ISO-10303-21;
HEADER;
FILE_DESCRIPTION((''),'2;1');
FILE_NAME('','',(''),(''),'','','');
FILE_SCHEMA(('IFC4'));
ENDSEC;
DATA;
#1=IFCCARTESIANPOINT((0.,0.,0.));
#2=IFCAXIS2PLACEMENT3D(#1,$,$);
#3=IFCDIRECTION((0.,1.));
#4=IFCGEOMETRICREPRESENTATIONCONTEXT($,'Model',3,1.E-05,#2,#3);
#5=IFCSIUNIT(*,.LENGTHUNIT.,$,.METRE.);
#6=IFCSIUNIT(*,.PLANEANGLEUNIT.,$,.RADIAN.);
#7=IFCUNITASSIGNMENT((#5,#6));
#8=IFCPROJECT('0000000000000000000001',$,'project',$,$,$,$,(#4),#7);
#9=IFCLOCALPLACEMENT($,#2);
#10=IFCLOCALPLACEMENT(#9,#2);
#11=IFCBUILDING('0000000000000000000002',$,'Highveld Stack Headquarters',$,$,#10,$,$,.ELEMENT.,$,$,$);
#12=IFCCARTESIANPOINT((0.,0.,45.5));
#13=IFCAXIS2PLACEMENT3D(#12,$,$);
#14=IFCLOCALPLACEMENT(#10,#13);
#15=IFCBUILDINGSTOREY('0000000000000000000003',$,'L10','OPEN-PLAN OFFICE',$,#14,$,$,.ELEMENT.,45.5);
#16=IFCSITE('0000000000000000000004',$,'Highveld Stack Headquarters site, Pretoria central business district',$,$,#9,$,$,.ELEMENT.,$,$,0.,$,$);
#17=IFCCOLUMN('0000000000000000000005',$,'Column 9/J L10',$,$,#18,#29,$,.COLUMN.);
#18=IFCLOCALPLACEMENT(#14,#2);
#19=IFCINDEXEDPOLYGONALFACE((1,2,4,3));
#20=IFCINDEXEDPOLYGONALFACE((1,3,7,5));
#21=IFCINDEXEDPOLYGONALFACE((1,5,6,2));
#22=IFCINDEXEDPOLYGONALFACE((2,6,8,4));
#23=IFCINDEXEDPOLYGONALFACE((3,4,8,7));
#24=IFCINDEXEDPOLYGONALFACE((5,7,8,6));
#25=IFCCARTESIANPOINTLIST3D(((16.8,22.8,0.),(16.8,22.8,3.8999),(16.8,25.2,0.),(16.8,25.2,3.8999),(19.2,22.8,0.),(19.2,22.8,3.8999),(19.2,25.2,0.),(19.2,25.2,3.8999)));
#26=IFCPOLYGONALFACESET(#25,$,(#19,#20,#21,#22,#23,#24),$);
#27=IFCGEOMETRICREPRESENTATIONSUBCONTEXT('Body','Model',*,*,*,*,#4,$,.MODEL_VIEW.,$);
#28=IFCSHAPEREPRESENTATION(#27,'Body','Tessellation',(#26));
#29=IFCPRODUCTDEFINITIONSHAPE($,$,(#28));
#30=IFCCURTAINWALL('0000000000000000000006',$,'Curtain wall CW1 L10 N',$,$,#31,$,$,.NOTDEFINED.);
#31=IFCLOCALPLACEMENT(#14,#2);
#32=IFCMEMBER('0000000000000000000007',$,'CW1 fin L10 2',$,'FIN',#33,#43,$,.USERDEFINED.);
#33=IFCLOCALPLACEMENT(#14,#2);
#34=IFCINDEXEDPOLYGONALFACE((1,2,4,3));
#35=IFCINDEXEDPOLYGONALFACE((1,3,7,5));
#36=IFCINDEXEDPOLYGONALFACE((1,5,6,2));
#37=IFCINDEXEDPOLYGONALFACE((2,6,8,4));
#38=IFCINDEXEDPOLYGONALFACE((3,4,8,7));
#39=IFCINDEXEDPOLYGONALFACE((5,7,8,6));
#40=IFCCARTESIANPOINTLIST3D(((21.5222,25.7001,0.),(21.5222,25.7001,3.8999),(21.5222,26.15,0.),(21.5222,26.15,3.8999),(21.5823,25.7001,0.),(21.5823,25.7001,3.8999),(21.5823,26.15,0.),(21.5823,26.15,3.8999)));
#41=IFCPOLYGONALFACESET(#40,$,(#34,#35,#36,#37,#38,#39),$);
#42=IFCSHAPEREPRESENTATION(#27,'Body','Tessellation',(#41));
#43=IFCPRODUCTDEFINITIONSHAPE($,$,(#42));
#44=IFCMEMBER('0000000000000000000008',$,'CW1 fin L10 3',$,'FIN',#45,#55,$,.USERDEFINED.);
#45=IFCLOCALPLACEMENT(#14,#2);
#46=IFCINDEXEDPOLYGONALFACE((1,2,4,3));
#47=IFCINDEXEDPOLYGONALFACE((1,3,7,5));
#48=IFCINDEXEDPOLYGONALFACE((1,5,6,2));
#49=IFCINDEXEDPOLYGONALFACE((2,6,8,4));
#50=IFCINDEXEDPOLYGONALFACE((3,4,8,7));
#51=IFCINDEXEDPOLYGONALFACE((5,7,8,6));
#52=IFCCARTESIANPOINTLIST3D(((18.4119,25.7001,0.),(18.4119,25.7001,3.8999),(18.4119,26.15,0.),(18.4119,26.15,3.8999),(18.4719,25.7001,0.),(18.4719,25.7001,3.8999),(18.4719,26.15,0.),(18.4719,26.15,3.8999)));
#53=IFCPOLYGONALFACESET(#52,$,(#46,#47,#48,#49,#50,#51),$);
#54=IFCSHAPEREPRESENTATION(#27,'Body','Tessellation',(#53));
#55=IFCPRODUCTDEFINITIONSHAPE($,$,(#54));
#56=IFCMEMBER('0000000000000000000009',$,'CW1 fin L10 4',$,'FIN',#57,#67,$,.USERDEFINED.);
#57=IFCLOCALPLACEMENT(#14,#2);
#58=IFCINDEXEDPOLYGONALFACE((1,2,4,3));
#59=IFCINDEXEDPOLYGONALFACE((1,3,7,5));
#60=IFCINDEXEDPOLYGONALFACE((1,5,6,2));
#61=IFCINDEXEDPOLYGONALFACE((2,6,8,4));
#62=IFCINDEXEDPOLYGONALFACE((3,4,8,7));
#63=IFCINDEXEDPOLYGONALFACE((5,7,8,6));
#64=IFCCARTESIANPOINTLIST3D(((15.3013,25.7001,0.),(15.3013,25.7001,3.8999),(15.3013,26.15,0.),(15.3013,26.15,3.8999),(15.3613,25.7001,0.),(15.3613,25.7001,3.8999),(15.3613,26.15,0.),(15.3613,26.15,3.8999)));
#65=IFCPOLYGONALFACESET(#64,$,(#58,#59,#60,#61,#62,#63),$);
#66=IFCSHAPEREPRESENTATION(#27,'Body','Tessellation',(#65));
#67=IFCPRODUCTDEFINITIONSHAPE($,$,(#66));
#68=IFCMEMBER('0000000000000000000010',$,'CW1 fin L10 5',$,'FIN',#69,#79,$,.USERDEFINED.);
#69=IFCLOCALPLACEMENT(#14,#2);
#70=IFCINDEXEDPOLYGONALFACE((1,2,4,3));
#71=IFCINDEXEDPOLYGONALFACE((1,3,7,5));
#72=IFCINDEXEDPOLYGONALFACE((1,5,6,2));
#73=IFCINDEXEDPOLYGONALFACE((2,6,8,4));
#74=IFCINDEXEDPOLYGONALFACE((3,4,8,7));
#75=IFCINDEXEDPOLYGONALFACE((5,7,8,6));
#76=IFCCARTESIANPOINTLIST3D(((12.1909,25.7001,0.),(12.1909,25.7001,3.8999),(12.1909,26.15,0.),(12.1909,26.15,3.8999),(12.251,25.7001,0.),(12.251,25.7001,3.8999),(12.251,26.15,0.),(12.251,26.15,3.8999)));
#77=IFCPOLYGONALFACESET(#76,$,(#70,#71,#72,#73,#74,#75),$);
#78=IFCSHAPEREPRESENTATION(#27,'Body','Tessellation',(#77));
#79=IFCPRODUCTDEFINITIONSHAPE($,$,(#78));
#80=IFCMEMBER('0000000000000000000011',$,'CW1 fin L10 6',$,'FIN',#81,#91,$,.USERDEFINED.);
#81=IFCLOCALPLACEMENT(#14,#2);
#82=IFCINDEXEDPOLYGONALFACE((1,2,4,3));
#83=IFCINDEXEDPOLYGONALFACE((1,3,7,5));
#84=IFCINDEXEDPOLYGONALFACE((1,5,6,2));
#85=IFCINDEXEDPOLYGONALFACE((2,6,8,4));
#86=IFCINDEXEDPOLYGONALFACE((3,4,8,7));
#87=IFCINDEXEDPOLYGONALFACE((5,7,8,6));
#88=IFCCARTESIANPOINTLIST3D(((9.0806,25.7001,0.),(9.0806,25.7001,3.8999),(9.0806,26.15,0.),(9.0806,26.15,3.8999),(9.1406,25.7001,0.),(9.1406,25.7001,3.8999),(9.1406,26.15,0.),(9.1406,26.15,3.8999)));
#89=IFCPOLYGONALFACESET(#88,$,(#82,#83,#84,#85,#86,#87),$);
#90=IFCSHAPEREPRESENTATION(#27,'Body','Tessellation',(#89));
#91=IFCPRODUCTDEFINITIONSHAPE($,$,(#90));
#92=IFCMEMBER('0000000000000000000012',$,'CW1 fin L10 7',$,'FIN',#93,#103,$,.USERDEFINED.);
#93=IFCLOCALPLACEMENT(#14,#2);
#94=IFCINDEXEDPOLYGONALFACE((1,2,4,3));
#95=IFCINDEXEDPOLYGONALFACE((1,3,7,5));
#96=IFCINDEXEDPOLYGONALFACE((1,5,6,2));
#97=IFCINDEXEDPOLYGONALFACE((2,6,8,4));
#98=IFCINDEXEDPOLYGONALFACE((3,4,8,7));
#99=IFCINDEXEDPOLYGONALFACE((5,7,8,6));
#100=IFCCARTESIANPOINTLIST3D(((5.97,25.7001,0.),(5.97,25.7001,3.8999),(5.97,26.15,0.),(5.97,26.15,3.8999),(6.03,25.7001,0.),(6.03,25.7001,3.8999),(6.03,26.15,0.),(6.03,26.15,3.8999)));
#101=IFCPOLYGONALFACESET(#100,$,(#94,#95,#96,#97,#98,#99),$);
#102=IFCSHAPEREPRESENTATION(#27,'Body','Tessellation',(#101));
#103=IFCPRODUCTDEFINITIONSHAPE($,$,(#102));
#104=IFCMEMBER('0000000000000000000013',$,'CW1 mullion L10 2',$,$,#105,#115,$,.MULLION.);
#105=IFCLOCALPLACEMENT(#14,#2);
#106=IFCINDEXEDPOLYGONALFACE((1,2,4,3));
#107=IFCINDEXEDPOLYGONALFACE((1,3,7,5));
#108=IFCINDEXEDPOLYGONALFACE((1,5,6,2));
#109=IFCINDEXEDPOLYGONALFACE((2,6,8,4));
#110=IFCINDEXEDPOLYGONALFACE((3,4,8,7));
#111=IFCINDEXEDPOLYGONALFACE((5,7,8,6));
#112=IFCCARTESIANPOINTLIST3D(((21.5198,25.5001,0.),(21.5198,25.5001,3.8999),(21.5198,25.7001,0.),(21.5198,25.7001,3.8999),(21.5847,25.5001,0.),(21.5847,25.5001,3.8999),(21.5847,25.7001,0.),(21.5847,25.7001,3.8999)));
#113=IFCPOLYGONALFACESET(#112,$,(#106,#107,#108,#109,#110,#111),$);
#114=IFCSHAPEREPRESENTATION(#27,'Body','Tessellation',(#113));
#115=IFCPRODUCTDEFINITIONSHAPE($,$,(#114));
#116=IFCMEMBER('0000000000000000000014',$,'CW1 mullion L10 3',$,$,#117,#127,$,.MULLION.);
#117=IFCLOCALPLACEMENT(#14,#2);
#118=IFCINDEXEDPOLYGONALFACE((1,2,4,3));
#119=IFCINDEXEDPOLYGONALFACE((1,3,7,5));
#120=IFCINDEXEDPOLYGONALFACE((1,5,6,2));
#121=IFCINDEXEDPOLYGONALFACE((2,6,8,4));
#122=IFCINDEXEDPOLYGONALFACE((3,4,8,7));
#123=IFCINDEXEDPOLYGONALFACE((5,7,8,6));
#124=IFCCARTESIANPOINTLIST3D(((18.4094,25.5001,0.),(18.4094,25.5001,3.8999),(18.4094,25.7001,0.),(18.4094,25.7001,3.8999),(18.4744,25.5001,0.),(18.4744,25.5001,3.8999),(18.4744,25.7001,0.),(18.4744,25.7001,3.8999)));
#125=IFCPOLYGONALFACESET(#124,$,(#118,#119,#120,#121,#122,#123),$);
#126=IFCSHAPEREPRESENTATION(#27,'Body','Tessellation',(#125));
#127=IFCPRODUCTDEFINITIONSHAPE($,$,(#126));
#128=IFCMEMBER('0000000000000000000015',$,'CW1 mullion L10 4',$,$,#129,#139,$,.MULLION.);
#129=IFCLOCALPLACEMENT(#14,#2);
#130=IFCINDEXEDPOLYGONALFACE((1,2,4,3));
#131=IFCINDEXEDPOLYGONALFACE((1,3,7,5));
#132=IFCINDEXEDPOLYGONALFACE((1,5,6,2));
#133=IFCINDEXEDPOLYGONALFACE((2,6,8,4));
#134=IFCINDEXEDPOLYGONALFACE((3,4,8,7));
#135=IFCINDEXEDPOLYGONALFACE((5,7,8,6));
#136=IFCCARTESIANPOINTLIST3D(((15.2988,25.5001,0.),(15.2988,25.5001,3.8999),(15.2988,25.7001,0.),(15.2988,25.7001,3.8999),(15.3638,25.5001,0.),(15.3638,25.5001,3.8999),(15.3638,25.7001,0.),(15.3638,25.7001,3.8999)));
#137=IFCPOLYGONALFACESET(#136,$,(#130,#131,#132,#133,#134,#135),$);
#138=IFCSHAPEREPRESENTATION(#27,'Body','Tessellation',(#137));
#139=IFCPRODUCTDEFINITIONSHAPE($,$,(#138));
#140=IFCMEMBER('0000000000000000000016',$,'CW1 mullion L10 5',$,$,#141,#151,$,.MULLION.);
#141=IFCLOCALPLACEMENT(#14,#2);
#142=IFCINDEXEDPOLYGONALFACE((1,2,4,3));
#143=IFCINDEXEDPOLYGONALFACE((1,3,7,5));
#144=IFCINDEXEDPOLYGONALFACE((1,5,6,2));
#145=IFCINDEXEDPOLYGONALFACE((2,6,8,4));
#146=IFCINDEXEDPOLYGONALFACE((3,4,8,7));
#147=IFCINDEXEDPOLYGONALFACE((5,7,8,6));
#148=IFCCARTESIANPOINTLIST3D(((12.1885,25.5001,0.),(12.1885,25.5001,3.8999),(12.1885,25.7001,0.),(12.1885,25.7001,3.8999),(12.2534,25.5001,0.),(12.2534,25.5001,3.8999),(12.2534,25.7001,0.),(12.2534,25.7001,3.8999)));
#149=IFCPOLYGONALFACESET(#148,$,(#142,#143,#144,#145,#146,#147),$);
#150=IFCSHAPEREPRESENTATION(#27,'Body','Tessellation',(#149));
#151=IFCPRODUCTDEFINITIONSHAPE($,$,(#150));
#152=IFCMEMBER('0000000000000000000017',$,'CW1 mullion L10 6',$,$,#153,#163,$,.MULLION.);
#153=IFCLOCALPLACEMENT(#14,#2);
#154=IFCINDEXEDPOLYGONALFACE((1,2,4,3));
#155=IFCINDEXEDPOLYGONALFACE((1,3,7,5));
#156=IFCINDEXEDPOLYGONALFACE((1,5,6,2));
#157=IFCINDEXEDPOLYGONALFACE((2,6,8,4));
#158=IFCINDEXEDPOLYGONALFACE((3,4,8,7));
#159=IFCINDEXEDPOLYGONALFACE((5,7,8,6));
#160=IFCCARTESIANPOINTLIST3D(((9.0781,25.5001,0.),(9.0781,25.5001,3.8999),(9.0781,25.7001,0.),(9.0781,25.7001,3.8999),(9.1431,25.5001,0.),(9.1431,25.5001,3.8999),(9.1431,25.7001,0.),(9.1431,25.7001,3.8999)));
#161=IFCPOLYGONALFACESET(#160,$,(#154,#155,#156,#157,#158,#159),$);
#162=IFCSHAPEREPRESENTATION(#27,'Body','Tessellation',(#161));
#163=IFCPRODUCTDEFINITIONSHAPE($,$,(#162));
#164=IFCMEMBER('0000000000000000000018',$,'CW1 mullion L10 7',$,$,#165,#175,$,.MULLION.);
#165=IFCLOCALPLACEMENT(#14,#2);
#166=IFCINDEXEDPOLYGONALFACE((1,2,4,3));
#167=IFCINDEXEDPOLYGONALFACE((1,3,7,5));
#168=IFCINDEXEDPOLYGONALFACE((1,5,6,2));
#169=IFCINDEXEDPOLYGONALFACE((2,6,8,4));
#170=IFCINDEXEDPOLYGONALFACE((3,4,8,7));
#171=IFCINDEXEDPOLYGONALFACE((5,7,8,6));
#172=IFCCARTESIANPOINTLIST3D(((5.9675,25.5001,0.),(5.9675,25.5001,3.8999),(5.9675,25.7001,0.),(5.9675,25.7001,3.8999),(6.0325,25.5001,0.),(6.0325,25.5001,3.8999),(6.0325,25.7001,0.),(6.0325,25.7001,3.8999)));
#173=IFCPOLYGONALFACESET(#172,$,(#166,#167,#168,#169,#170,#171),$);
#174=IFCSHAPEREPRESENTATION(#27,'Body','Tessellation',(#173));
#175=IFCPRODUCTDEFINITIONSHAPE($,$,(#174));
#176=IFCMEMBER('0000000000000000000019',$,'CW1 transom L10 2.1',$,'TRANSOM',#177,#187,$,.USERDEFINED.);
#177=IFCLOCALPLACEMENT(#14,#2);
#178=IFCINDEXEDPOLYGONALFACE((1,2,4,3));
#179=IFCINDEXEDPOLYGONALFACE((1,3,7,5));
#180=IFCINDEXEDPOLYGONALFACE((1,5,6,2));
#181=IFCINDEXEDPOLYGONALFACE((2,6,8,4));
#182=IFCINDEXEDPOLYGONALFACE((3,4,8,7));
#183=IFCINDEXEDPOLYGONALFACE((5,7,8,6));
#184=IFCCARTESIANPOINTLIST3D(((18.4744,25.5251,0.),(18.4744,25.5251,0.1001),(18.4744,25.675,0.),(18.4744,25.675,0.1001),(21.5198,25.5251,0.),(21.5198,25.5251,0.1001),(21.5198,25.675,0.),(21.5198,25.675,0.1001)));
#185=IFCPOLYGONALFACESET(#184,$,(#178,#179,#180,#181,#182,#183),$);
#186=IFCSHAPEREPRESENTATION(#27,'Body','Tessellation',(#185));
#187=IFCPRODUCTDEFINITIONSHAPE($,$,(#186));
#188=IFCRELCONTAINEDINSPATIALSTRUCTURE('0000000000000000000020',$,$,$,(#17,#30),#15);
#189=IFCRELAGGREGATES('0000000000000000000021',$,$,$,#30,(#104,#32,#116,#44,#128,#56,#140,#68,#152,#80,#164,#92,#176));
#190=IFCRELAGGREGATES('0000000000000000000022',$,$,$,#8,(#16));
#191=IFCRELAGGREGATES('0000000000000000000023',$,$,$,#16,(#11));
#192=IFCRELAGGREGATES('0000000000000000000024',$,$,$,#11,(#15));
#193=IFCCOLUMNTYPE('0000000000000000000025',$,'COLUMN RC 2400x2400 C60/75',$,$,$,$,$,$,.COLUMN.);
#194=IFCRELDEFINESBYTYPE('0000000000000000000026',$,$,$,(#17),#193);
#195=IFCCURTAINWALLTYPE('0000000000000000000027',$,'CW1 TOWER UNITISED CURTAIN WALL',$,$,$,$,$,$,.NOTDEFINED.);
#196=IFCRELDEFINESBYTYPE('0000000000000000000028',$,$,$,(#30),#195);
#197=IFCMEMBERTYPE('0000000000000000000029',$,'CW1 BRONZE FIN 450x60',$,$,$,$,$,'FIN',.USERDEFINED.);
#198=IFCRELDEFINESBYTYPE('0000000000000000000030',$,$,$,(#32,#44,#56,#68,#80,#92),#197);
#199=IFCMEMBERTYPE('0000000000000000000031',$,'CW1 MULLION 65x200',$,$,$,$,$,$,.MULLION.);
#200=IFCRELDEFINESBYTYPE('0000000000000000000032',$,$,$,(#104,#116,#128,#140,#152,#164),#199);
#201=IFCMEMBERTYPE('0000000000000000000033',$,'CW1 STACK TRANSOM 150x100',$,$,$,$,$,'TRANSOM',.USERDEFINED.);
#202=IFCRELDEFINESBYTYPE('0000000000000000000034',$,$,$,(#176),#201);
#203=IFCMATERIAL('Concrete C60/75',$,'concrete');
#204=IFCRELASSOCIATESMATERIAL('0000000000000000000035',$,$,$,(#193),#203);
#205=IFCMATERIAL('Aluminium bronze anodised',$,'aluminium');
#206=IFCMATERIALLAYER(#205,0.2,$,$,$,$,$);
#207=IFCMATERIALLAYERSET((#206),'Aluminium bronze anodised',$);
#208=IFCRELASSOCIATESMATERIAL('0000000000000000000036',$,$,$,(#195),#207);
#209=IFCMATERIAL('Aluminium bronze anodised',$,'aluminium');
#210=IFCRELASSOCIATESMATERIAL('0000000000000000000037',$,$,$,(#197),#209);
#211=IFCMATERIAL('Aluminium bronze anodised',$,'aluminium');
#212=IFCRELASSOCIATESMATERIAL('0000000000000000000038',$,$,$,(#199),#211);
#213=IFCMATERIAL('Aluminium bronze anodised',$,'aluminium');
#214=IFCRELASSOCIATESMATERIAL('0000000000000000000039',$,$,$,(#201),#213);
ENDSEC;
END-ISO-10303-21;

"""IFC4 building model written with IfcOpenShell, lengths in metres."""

from ifc_helpers import new_model, si_unit, direction, frame, origin, origin_2d, place, context, subcontext, project, spatial, rectangle, extrude, material, layer, layer_set, material_profile, profile_set, type_object, element, aggregate, save


model = new_model("IFC4")

# Units and contexts
model_context = context("Model", 3, precision=1e-05, world=origin(), true_north=direction((0.0, 1.0)))
body_context = subcontext(model_context, "Body", "Model", "MODEL_VIEW")
ifc_project = project(units=[si_unit("LENGTHUNIT", "METRE"), si_unit("PLANEANGLEUNIT", "RADIAN")], contexts=[model_context])

# Site, building, storey
site_placement = place(None, origin())
site = spatial("IfcSite", under=ifc_project, at=site_placement, Name="Highveld Stack Headquarters site, Pretoria central business district", CompositionType="ELEMENT", RefElevation=0.0)
building_placement = place(site_placement, origin())
building = spatial("IfcBuilding", under=site, at=building_placement, Name="Highveld Stack Headquarters", CompositionType="ELEMENT")
storey_placement = place(building_placement, frame((0.0, 0.0, 45.5)))
storey = spatial("IfcBuildingStorey", under=building, at=storey_placement, Name="L10", Description="OPEN-PLAN OFFICE", CompositionType="ELEMENT", Elevation=45.5)

# Column
ifc_material_1 = material(Name="Concrete C60/75", Category="concrete")
ifc_material_profile_1 = material_profile(ifc_material_1, rectangle(XDim=2.3999, YDim=2.3999, at=origin_2d()), Name="RC 2400x2400")
ifc_profile_set_1 = profile_set([ifc_material_profile_1], Name="Concrete C60/75")
column_type = type_object("IfcColumnType", Name="COLUMN RC 2400x2400 C60/75", PredefinedType="COLUMN", material=ifc_profile_set_1)
column_placement = place(storey_placement, frame((18.0, 24.0, 0.0), z_axis=(0.0, 0.0, 1.0), x_axis=(1.0, 0.0, 0.0)))
element("IfcColumn", 1, at=column_placement, inside=storey, type_object=column_type, Name="Column 9/J L10", PredefinedType="COLUMN", context=body_context, shape_type="SweptSolid", body=[
    extrude(rectangle(XDim=2.3999, YDim=2.3999, at=origin_2d()), origin(), (0.0, 0.0, 1.0), 3.8999),
])

# Curtain wall, members
ifc_material_2 = material(Name="Aluminium bronze anodised", Category="aluminium")
ifc_layer_1 = layer(ifc_material_2, 0.2)
ifc_layer_set_1 = layer_set([ifc_layer_1], Name="Aluminium bronze anodised")
curtain_wall_type = type_object("IfcCurtainWallType", Name="CW1 TOWER UNITISED CURTAIN WALL", PredefinedType="NOTDEFINED", material=ifc_layer_set_1)
curtain_wall_placement = place(storey_placement, origin())
curtain_wall = element("IfcCurtainWall", 2, at=curtain_wall_placement, inside=storey, type_object=curtain_wall_type, Name="Curtain wall CW1 L10 N", PredefinedType="NOTDEFINED")
ifc_material_3 = material(Name="Aluminium bronze anodised", Category="aluminium")
ifc_material_profile_2 = material_profile(ifc_material_3, rectangle(XDim=0.45, YDim=0.0601, at=origin_2d()), Name="FIN 450x60")
ifc_profile_set_2 = profile_set([ifc_material_profile_2], Name="Aluminium bronze anodised")
member_type_1 = type_object("IfcMemberType", Name="CW1 BRONZE FIN 450x60", ElementType="FIN", PredefinedType="USERDEFINED", material=ifc_profile_set_2)
member_1_placement = place(storey_placement, frame((21.5522, 25.925, 0.0), z_axis=(0.0, 0.0, 1.0), x_axis=(0.0, -1.0, 0.0)))
member_1 = element("IfcMember", 3, at=member_1_placement, type_object=member_type_1, Name="CW1 fin L10 2", ObjectType="FIN", PredefinedType="USERDEFINED", context=body_context, shape_type="SweptSolid", body=[
    extrude(rectangle(XDim=0.45, YDim=0.0601, at=origin_2d()), origin(), (0.0, 0.0, 1.0), 3.8999),
])
member_2_placement = place(storey_placement, frame((18.4419, 25.925, 0.0), z_axis=(0.0, 0.0, 1.0), x_axis=(0.0, -1.0, 0.0)))
member_2 = element("IfcMember", 4, at=member_2_placement, type_object=member_type_1, Name="CW1 fin L10 3", ObjectType="FIN", PredefinedType="USERDEFINED", context=body_context, shape_type="SweptSolid", body=[
    extrude(rectangle(XDim=0.45, YDim=0.0601, at=origin_2d()), origin(), (0.0, 0.0, 1.0), 3.8999),
])
member_3_placement = place(storey_placement, frame((15.3313, 25.925, 0.0), z_axis=(0.0, 0.0, 1.0), x_axis=(0.0, -1.0, 0.0)))
member_3 = element("IfcMember", 5, at=member_3_placement, type_object=member_type_1, Name="CW1 fin L10 4", ObjectType="FIN", PredefinedType="USERDEFINED", context=body_context, shape_type="SweptSolid", body=[
    extrude(rectangle(XDim=0.45, YDim=0.0601, at=origin_2d()), origin(), (0.0, 0.0, 1.0), 3.8999),
])
member_4_placement = place(storey_placement, frame((12.2209, 25.925, 0.0), z_axis=(0.0, 0.0, 1.0), x_axis=(0.0, -1.0, 0.0)))
member_4 = element("IfcMember", 6, at=member_4_placement, type_object=member_type_1, Name="CW1 fin L10 5", ObjectType="FIN", PredefinedType="USERDEFINED", context=body_context, shape_type="SweptSolid", body=[
    extrude(rectangle(XDim=0.45, YDim=0.0601, at=origin_2d()), origin(), (0.0, 0.0, 1.0), 3.8999),
])
member_5_placement = place(storey_placement, frame((9.1106, 25.925, 0.0), z_axis=(0.0, 0.0, 1.0), x_axis=(0.0, -1.0, 0.0)))
member_5 = element("IfcMember", 7, at=member_5_placement, type_object=member_type_1, Name="CW1 fin L10 6", ObjectType="FIN", PredefinedType="USERDEFINED", context=body_context, shape_type="SweptSolid", body=[
    extrude(rectangle(XDim=0.45, YDim=0.0601, at=origin_2d()), origin(), (0.0, 0.0, 1.0), 3.8999),
])
member_6_placement = place(storey_placement, frame((6.0, 25.925, 0.0), z_axis=(0.0, 0.0, 1.0), x_axis=(0.0, -1.0, 0.0)))
member_6 = element("IfcMember", 8, at=member_6_placement, type_object=member_type_1, Name="CW1 fin L10 7", ObjectType="FIN", PredefinedType="USERDEFINED", context=body_context, shape_type="SweptSolid", body=[
    extrude(rectangle(XDim=0.45, YDim=0.0601, at=origin_2d()), origin(), (0.0, 0.0, 1.0), 3.8999),
])
ifc_material_4 = material(Name="Aluminium bronze anodised", Category="aluminium")
ifc_material_profile_3 = material_profile(ifc_material_4, rectangle(XDim=0.2, YDim=0.0649, at=origin_2d()), Name="CW1 MULLION 65x200")
ifc_profile_set_3 = profile_set([ifc_material_profile_3], Name="Aluminium bronze anodised")
member_type_2 = type_object("IfcMemberType", Name="CW1 MULLION 65x200", PredefinedType="MULLION", material=ifc_profile_set_3)
member_7_placement = place(storey_placement, frame((21.5522, 25.6001, 0.0), z_axis=(0.0, 0.0, 1.0), x_axis=(0.0, -1.0, 0.0)))
member_7 = element("IfcMember", 9, at=member_7_placement, type_object=member_type_2, Name="CW1 mullion L10 2", PredefinedType="MULLION", context=body_context, shape_type="SweptSolid", body=[
    extrude(rectangle(XDim=0.2, YDim=0.0649, at=origin_2d()), origin(), (0.0, 0.0, 1.0), 3.8999),
])
member_8_placement = place(storey_placement, frame((18.4419, 25.6001, 0.0), z_axis=(0.0, 0.0, 1.0), x_axis=(0.0, -1.0, 0.0)))
member_8 = element("IfcMember", 10, at=member_8_placement, type_object=member_type_2, Name="CW1 mullion L10 3", PredefinedType="MULLION", context=body_context, shape_type="SweptSolid", body=[
    extrude(rectangle(XDim=0.2, YDim=0.0649, at=origin_2d()), origin(), (0.0, 0.0, 1.0), 3.8999),
])
member_9_placement = place(storey_placement, frame((15.3313, 25.6001, 0.0), z_axis=(0.0, 0.0, 1.0), x_axis=(0.0, -1.0, 0.0)))
member_9 = element("IfcMember", 11, at=member_9_placement, type_object=member_type_2, Name="CW1 mullion L10 4", PredefinedType="MULLION", context=body_context, shape_type="SweptSolid", body=[
    extrude(rectangle(XDim=0.2, YDim=0.0649, at=origin_2d()), origin(), (0.0, 0.0, 1.0), 3.8999),
])
member_10_placement = place(storey_placement, frame((12.2209, 25.6001, 0.0), z_axis=(0.0, 0.0, 1.0), x_axis=(0.0, -1.0, 0.0)))
member_10 = element("IfcMember", 12, at=member_10_placement, type_object=member_type_2, Name="CW1 mullion L10 5", PredefinedType="MULLION", context=body_context, shape_type="SweptSolid", body=[
    extrude(rectangle(XDim=0.2, YDim=0.0649, at=origin_2d()), origin(), (0.0, 0.0, 1.0), 3.8999),
])
member_11_placement = place(storey_placement, frame((9.1106, 25.6001, 0.0), z_axis=(0.0, 0.0, 1.0), x_axis=(0.0, -1.0, 0.0)))
member_11 = element("IfcMember", 13, at=member_11_placement, type_object=member_type_2, Name="CW1 mullion L10 6", PredefinedType="MULLION", context=body_context, shape_type="SweptSolid", body=[
    extrude(rectangle(XDim=0.2, YDim=0.0649, at=origin_2d()), origin(), (0.0, 0.0, 1.0), 3.8999),
])
member_12_placement = place(storey_placement, frame((6.0, 25.6001, 0.0), z_axis=(0.0, 0.0, 1.0), x_axis=(0.0, -1.0, 0.0)))
member_12 = element("IfcMember", 14, at=member_12_placement, type_object=member_type_2, Name="CW1 mullion L10 7", PredefinedType="MULLION", context=body_context, shape_type="SweptSolid", body=[
    extrude(rectangle(XDim=0.2, YDim=0.0649, at=origin_2d()), origin(), (0.0, 0.0, 1.0), 3.8999),
])
ifc_material_5 = material(Name="Aluminium bronze anodised", Category="aluminium")
ifc_material_profile_4 = material_profile(ifc_material_5, rectangle(XDim=0.1499, YDim=0.1001, at=origin_2d()), Name="CW1 TRANSOM 150x100")
ifc_profile_set_4 = profile_set([ifc_material_profile_4], Name="Aluminium bronze anodised")
member_type_3 = type_object("IfcMemberType", Name="CW1 STACK TRANSOM 150x100", ElementType="TRANSOM", PredefinedType="USERDEFINED", material=ifc_profile_set_4)
member_13_placement = place(storey_placement, frame((21.5198, 25.6001, 0.05), z_axis=(-1.0, 0.0, 0.0), x_axis=(0.0, -1.0, 0.0)))
member_13 = element("IfcMember", 15, at=member_13_placement, type_object=member_type_3, Name="CW1 transom L10 2.1", ObjectType="TRANSOM", PredefinedType="USERDEFINED", context=body_context, shape_type="SweptSolid", body=[
    extrude(rectangle(XDim=0.1499, YDim=0.1001, at=origin_2d()), origin(), (0.0, 0.0, 1.0), 3.0454),
])
aggregate(curtain_wall, [member_7, member_1, member_8, member_2, member_9, member_3, member_10, member_4, member_11, member_5, member_12, member_6, member_13])

save(model, "model.ifc")
